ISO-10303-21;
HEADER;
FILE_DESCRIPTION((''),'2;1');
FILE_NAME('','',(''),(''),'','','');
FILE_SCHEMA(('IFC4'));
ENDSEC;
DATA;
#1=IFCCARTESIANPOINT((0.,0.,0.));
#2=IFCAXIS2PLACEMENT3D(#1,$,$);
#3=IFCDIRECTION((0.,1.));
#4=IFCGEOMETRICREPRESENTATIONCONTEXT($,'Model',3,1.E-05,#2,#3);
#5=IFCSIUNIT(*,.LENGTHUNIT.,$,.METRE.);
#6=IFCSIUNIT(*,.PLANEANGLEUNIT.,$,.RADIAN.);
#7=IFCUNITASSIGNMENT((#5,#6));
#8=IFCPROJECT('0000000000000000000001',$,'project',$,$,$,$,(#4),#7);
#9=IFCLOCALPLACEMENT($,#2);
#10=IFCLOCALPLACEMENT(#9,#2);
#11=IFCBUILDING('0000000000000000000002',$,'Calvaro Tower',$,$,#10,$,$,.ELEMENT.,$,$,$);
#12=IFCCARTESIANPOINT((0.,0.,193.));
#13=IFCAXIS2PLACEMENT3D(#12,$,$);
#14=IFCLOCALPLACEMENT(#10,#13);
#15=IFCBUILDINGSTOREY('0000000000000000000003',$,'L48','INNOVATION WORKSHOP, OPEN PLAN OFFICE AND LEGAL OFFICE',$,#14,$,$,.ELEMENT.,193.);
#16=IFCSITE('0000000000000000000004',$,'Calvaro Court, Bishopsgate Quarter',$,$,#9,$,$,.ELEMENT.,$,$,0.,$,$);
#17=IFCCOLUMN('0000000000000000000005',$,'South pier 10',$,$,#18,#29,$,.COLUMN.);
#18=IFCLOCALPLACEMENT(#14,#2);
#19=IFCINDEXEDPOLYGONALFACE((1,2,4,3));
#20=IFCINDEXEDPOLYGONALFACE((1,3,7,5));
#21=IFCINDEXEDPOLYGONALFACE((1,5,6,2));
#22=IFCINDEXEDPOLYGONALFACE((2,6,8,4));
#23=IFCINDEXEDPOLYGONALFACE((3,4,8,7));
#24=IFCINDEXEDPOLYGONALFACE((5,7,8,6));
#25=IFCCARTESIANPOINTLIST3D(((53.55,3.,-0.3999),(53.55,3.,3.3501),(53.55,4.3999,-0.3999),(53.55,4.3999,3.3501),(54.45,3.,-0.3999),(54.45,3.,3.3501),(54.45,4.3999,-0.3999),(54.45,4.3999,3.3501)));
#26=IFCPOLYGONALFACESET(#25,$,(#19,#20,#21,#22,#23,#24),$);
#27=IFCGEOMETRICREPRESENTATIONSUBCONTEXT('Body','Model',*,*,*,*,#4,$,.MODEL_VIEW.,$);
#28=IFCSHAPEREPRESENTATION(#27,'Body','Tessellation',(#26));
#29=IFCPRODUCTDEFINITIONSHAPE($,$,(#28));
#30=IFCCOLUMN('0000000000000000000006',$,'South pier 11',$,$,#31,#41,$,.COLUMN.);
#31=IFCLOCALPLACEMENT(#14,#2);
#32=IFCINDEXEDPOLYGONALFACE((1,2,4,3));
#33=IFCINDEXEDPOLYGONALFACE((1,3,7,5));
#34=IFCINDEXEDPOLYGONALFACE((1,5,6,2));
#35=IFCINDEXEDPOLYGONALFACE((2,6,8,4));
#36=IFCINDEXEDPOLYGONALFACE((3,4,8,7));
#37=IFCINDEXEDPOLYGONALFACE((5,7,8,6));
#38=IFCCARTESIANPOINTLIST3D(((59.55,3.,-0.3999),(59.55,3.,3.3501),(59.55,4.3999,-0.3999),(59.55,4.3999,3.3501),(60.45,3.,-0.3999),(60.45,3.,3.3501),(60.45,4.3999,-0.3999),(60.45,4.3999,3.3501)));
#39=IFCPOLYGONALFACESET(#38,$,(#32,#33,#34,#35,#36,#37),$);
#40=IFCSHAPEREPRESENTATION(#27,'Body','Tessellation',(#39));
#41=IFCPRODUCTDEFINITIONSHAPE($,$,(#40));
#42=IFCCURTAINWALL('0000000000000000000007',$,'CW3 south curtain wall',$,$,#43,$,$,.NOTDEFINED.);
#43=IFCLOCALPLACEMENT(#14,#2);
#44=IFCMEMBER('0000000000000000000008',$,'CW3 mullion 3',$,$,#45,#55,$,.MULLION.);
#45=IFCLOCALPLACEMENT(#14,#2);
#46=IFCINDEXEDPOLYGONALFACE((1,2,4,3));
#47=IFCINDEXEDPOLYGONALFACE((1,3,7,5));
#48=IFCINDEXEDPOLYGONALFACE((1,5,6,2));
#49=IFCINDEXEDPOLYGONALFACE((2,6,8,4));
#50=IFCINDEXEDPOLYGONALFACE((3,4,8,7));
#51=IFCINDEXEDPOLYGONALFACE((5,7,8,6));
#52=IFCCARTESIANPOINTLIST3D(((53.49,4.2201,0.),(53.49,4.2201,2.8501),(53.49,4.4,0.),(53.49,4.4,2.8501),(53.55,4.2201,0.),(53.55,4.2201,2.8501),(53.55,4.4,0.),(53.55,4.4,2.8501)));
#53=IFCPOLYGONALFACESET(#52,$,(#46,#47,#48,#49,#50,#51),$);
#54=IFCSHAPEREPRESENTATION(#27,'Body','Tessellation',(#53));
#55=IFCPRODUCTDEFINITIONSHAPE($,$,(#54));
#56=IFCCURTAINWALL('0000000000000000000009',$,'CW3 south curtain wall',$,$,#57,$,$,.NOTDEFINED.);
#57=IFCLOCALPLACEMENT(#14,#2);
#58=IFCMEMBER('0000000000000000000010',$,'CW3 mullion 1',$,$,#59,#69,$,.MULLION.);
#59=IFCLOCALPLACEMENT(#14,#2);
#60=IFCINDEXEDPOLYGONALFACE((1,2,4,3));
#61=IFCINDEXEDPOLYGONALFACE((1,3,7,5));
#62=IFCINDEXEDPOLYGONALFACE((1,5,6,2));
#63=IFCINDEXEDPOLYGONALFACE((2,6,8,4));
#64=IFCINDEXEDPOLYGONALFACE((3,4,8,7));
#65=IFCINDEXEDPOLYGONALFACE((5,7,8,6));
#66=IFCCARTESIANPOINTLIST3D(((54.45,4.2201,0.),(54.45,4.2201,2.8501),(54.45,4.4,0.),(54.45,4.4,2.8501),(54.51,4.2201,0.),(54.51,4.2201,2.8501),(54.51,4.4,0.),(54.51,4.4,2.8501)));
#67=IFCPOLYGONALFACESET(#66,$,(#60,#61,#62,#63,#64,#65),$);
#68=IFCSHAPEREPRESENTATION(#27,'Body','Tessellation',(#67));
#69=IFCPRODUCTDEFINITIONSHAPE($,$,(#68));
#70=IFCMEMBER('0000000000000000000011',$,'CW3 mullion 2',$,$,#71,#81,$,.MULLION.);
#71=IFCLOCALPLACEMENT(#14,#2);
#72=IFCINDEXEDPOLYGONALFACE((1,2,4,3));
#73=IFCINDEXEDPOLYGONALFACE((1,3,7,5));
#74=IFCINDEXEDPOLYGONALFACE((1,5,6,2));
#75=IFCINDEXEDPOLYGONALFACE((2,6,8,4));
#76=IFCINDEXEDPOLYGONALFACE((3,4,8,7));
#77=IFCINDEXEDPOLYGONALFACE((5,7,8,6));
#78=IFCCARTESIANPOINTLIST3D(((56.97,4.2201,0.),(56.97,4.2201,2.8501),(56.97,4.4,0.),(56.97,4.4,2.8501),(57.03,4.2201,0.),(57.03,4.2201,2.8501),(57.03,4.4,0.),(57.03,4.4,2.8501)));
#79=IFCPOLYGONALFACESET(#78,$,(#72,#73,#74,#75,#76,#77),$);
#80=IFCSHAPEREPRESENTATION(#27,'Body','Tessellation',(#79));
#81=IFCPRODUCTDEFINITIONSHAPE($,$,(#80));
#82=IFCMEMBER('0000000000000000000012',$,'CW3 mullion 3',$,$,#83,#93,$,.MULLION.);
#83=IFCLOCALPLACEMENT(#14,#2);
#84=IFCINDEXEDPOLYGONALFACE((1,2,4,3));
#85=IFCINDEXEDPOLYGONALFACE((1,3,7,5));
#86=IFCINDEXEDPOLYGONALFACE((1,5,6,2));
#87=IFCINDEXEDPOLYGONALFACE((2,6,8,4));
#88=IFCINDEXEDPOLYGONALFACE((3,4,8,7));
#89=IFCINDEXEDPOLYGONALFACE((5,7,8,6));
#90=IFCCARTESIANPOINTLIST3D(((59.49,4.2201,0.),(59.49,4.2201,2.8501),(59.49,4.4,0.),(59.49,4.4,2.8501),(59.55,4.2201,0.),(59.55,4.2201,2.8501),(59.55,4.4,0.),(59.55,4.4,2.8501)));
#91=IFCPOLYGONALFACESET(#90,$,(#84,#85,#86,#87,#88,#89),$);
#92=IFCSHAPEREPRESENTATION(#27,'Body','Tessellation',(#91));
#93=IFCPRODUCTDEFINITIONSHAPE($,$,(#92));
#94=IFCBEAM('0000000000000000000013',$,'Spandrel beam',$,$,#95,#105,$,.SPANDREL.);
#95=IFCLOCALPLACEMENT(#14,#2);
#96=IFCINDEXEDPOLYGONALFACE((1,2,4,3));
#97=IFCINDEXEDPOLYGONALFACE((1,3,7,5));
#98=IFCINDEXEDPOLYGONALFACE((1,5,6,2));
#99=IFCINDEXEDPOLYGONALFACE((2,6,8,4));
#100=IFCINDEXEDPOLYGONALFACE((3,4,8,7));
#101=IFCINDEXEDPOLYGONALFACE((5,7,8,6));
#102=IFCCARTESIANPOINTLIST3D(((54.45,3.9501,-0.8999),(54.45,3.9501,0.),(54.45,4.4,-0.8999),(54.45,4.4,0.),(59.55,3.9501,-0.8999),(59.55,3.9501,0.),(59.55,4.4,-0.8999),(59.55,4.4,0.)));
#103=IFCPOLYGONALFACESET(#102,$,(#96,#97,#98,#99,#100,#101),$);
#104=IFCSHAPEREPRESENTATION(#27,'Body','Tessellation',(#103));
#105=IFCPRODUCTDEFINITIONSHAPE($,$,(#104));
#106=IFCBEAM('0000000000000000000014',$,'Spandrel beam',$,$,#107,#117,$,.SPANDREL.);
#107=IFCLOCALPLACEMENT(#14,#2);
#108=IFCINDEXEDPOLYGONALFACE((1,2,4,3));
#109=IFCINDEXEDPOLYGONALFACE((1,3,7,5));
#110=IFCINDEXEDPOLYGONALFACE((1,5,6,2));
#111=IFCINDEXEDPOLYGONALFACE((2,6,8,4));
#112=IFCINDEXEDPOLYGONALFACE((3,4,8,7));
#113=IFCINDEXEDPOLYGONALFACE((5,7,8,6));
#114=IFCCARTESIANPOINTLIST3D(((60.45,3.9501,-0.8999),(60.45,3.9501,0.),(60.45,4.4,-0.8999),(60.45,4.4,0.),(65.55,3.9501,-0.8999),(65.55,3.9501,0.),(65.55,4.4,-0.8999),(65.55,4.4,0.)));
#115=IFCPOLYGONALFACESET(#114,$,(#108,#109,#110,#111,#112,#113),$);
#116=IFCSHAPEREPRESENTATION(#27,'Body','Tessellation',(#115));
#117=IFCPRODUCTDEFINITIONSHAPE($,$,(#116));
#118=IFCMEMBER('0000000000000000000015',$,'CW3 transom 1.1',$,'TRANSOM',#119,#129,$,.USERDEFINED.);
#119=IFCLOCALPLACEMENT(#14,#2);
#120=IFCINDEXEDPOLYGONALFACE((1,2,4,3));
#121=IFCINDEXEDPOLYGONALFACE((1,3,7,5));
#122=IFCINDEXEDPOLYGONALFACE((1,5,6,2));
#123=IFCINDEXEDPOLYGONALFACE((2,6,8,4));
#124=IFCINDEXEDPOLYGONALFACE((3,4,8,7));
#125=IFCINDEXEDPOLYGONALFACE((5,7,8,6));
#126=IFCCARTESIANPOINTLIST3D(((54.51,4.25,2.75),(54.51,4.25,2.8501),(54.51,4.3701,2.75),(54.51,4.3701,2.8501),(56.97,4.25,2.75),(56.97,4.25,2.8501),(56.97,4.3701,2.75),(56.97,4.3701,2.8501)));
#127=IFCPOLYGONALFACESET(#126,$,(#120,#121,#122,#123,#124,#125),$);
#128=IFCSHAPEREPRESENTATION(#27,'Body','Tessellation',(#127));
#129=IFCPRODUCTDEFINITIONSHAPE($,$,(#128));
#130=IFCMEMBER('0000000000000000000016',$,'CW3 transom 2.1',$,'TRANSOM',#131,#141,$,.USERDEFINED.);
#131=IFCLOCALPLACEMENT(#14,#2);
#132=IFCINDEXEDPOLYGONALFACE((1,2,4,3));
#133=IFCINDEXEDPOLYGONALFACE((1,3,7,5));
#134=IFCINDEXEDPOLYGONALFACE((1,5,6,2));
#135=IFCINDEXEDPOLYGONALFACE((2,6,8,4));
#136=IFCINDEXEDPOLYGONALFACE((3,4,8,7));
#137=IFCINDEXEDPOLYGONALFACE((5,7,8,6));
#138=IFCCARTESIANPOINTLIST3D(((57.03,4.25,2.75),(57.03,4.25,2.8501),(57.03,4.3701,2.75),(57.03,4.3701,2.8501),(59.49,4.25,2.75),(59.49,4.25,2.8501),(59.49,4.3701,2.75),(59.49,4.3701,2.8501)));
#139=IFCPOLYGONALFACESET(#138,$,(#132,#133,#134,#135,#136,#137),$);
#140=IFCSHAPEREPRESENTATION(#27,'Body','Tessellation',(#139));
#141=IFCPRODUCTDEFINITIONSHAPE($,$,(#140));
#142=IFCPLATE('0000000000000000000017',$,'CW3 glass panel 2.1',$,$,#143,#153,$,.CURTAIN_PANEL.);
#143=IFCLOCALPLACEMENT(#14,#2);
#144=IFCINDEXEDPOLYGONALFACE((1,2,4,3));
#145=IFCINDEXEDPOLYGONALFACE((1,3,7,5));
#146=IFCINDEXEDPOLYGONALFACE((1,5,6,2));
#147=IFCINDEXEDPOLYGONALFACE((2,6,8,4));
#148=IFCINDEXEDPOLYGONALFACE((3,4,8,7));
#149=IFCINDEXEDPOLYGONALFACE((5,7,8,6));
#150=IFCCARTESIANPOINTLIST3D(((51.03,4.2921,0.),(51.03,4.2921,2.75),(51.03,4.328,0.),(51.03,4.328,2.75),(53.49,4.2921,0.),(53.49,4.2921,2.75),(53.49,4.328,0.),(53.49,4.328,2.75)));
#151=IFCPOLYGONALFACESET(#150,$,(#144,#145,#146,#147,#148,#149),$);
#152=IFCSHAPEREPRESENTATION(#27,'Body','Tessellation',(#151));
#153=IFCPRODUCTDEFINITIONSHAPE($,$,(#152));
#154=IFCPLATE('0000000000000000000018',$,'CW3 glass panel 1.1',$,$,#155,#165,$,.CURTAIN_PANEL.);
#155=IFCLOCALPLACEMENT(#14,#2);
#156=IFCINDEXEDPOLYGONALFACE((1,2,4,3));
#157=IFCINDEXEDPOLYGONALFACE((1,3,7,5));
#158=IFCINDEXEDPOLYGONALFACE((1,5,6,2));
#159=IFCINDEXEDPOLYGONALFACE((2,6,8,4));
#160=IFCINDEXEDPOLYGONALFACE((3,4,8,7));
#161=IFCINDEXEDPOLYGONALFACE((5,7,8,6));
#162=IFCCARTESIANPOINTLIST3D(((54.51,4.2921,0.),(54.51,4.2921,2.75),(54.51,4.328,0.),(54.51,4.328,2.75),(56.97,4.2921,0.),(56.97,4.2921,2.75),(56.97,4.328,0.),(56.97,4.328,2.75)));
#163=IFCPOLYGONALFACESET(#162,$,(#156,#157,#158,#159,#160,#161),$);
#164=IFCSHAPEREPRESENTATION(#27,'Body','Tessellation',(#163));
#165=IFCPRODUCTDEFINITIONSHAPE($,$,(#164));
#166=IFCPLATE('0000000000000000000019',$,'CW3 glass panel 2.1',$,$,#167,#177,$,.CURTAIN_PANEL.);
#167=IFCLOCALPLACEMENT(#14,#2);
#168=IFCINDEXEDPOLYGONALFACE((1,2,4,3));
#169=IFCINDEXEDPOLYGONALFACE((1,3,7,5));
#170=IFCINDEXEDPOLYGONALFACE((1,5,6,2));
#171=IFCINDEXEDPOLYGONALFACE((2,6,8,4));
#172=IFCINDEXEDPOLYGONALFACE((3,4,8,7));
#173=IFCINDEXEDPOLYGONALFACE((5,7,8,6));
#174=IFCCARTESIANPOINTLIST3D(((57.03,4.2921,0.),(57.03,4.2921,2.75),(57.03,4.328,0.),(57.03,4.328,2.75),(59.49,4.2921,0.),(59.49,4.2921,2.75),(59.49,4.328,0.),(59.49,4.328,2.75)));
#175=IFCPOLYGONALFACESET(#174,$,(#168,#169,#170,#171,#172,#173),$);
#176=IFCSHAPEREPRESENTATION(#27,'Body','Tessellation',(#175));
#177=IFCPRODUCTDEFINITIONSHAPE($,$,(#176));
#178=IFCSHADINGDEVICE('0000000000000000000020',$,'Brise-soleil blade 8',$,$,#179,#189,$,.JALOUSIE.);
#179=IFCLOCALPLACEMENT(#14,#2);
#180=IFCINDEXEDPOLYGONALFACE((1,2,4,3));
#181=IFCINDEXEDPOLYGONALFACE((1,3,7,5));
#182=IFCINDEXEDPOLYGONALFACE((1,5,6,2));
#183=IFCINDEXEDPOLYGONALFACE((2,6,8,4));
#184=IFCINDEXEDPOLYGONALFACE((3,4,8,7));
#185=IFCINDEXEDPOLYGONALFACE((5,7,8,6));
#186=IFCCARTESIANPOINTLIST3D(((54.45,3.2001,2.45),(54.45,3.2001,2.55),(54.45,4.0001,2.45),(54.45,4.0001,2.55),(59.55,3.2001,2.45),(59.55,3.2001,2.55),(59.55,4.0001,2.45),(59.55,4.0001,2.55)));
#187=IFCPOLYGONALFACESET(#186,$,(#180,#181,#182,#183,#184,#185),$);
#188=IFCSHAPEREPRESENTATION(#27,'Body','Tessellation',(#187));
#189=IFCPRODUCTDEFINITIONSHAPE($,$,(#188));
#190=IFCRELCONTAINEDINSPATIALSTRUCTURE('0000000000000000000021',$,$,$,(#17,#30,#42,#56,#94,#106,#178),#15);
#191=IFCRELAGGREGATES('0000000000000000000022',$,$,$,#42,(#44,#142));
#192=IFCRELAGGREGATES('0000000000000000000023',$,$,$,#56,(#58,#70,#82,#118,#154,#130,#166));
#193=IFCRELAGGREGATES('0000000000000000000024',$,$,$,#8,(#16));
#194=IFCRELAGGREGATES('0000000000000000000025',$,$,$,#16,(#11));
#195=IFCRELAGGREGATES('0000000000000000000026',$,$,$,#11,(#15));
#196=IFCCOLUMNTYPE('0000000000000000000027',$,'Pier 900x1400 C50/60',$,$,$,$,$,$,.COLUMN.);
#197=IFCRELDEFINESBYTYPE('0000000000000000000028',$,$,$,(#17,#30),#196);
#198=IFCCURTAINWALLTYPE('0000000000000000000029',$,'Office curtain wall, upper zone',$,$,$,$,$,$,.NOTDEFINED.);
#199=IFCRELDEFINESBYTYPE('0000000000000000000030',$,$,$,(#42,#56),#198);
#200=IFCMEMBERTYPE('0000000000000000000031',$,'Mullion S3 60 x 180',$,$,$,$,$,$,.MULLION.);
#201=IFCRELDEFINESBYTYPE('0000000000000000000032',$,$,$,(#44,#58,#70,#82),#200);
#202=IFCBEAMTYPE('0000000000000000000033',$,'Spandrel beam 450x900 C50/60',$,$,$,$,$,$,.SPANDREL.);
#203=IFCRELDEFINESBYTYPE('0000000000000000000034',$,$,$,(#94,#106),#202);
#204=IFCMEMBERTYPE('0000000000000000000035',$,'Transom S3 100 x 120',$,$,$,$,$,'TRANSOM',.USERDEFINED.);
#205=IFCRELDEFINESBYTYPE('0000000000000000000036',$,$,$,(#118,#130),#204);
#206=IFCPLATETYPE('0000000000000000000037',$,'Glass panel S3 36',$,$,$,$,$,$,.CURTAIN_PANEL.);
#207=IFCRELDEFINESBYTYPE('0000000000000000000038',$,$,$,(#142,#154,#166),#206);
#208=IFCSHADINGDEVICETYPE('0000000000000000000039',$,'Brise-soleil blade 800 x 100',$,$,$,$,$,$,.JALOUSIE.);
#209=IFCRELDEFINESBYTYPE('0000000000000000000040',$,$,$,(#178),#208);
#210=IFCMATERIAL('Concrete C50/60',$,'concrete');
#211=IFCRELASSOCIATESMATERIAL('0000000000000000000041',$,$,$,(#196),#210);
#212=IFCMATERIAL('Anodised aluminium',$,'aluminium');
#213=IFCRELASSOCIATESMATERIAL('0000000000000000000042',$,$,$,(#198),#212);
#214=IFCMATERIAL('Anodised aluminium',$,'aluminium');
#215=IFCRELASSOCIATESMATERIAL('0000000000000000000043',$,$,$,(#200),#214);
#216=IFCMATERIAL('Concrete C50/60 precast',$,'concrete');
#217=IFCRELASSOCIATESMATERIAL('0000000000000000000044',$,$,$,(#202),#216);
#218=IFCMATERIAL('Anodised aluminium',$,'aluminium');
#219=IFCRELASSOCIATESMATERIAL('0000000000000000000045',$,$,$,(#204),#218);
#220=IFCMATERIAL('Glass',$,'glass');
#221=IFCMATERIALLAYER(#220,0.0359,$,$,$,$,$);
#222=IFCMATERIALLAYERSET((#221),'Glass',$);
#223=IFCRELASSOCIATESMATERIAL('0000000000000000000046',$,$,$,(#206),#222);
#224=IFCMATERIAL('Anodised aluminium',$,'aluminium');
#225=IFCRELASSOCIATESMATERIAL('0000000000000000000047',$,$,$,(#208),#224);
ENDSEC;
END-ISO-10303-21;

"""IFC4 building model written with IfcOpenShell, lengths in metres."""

from ifc_helpers import new_model, si_unit, direction, frame, origin, origin_2d, place, context, subcontext, project, spatial, rectangle, extrude, material, layer, layer_set, material_profile, profile_set, type_object, element, aggregate, save


model = new_model("IFC4")

# Units and contexts
model_context = context("Model", 3, precision=1e-05, world=origin(), true_north=direction((0.0, 1.0)))
body_context = subcontext(model_context, "Body", "Model", "MODEL_VIEW")
ifc_project = project(units=[si_unit("LENGTHUNIT", "METRE"), si_unit("PLANEANGLEUNIT", "RADIAN")], contexts=[model_context])

# Site, building, storey
site_placement = place(None, origin())
site = spatial("IfcSite", under=ifc_project, at=site_placement, Name="Calvaro Court, Bishopsgate Quarter", CompositionType="ELEMENT", RefElevation=0.0)
building_placement = place(site_placement, origin())
building = spatial("IfcBuilding", under=site, at=building_placement, Name="Calvaro Tower", CompositionType="ELEMENT")
storey_placement = place(building_placement, frame((0.0, 0.0, 193.0)))
storey = spatial("IfcBuildingStorey", under=building, at=storey_placement, Name="L48", Description="INNOVATION WORKSHOP, OPEN PLAN OFFICE AND LEGAL OFFICE", CompositionType="ELEMENT", Elevation=193.0)

# Columns
ifc_material_1 = material(Name="Concrete C50/60", Category="concrete")
ifc_material_profile_1 = material_profile(ifc_material_1, rectangle(XDim=0.8999, YDim=1.3999, at=origin_2d()), Name="RC 900x1400")
ifc_profile_set_1 = profile_set([ifc_material_profile_1], Name="Concrete C50/60")
column_type = type_object("IfcColumnType", Name="Pier 900x1400 C50/60", PredefinedType="COLUMN", material=ifc_profile_set_1)
for number, where, z_axis, x_axis, name in (
    (1, (54.0, 3.7, -0.3999), (0.0, 0.0, 1.0), (1.0, 0.0, 0.0), "South pier 10"),
    (2, (60.0, 3.7, -0.3999), (0.0, 0.0, 1.0), (1.0, 0.0, 0.0), "South pier 11"),
):
    element("IfcColumn", number, at=place(storey_placement, frame(where, z_axis=z_axis, x_axis=x_axis)), inside=storey, type_object=column_type, Name=name, PredefinedType="COLUMN", context=body_context, shape_type="SweptSolid", body=[
        extrude(rectangle(XDim=0.8999, YDim=1.3999, at=origin_2d()), origin(), (0.0, 0.0, 1.0), 3.75),
    ])

# Curtain wall, member
ifc_material_2 = material(Name="Anodised aluminium", Category="aluminium")
curtain_wall_type = type_object("IfcCurtainWallType", Name="Office curtain wall, upper zone", PredefinedType="NOTDEFINED", material=ifc_material_2)
curtain_wall_1_placement = place(storey_placement, origin())
curtain_wall_1 = element("IfcCurtainWall", 3, at=curtain_wall_1_placement, inside=storey, type_object=curtain_wall_type, Name="CW3 south curtain wall", PredefinedType="NOTDEFINED")
ifc_material_3 = material(Name="Anodised aluminium", Category="aluminium")
ifc_material_profile_2 = material_profile(ifc_material_3, rectangle(XDim=0.1799, YDim=0.0601, at=origin_2d()), Name="Mullion S3 60 x 180")
ifc_profile_set_2 = profile_set([ifc_material_profile_2], Name="Anodised aluminium")
member_type_1 = type_object("IfcMemberType", Name="Mullion S3 60 x 180", PredefinedType="MULLION", material=ifc_profile_set_2)
member_1_placement = place(storey_placement, frame((53.52, 4.3101, 0.0), z_axis=(0.0, 0.0, 1.0), x_axis=(0.0, 1.0, 0.0)))
member_1 = element("IfcMember", 4, at=member_1_placement, type_object=member_type_1, Name="CW3 mullion 3", PredefinedType="MULLION", context=body_context, shape_type="SweptSolid", body=[
    extrude(rectangle(XDim=0.1799, YDim=0.0601, at=origin_2d()), origin(), (0.0, 0.0, 1.0), 2.8501),
])

# Curtain wall, members
curtain_wall_2_placement = place(storey_placement, origin())
curtain_wall_2 = element("IfcCurtainWall", 5, at=curtain_wall_2_placement, inside=storey, type_object=curtain_wall_type, Name="CW3 south curtain wall", PredefinedType="NOTDEFINED")
member_2_placement = place(storey_placement, frame((54.48, 4.3101, 0.0), z_axis=(0.0, 0.0, 1.0), x_axis=(0.0, 1.0, 0.0)))
member_2 = element("IfcMember", 6, at=member_2_placement, type_object=member_type_1, Name="CW3 mullion 1", PredefinedType="MULLION", context=body_context, shape_type="SweptSolid", body=[
    extrude(rectangle(XDim=0.1799, YDim=0.0601, at=origin_2d()), origin(), (0.0, 0.0, 1.0), 2.8501),
])
member_3_placement = place(storey_placement, frame((57.0, 4.3101, 0.0), z_axis=(0.0, 0.0, 1.0), x_axis=(0.0, 1.0, 0.0)))
member_3 = element("IfcMember", 7, at=member_3_placement, type_object=member_type_1, Name="CW3 mullion 2", PredefinedType="MULLION", context=body_context, shape_type="SweptSolid", body=[
    extrude(rectangle(XDim=0.1799, YDim=0.0601, at=origin_2d()), origin(), (0.0, 0.0, 1.0), 2.8501),
])
member_4_placement = place(storey_placement, frame((59.52, 4.3101, 0.0), z_axis=(0.0, 0.0, 1.0), x_axis=(0.0, 1.0, 0.0)))
member_4 = element("IfcMember", 8, at=member_4_placement, type_object=member_type_1, Name="CW3 mullion 3", PredefinedType="MULLION", context=body_context, shape_type="SweptSolid", body=[
    extrude(rectangle(XDim=0.1799, YDim=0.0601, at=origin_2d()), origin(), (0.0, 0.0, 1.0), 2.8501),
])

# Beams
ifc_material_4 = material(Name="Concrete C50/60 precast", Category="concrete")
ifc_material_profile_3 = material_profile(ifc_material_4, rectangle(XDim=0.45, YDim=0.8999, at=origin_2d()), Name="RC 450x900")
ifc_profile_set_3 = profile_set([ifc_material_profile_3], Name="Concrete C50/60 precast")
beam_type = type_object("IfcBeamType", Name="Spandrel beam 450x900 C50/60", PredefinedType="SPANDREL", material=ifc_profile_set_3)
for number, where, z_axis, x_axis, name in (
    (9, (54.45, 4.175, -0.45), (1.0, 0.0, 0.0), (0.0, 1.0, 0.0), "Spandrel beam"),
    (10, (60.45, 4.175, -0.45), (1.0, 0.0, 0.0), (0.0, 1.0, 0.0), "Spandrel beam"),
):
    element("IfcBeam", number, at=place(storey_placement, frame(where, z_axis=z_axis, x_axis=x_axis)), inside=storey, type_object=beam_type, Name=name, PredefinedType="SPANDREL", context=body_context, shape_type="SweptSolid", body=[
        extrude(rectangle(XDim=0.45, YDim=0.8999, at=origin_2d()), origin(), (0.0, 0.0, 1.0), 5.1001),
    ])

# Members
ifc_material_5 = material(Name="Anodised aluminium", Category="aluminium")
ifc_material_profile_4 = material_profile(ifc_material_5, rectangle(XDim=0.1201, YDim=0.1001, at=origin_2d()), Name="Transom S3 100 x 120")
ifc_profile_set_4 = profile_set([ifc_material_profile_4], Name="Anodised aluminium")
member_type_2 = type_object("IfcMemberType", Name="Transom S3 100 x 120", ElementType="TRANSOM", PredefinedType="USERDEFINED", material=ifc_profile_set_4)
member_5_placement = place(storey_placement, frame((54.51, 4.3101, 2.8), z_axis=(1.0, 0.0, 0.0), x_axis=(0.0, 1.0, 0.0)))
member_5 = element("IfcMember", 11, at=member_5_placement, type_object=member_type_2, Name="CW3 transom 1.1", ObjectType="TRANSOM", PredefinedType="USERDEFINED", context=body_context, shape_type="SweptSolid", body=[
    extrude(rectangle(XDim=0.1201, YDim=0.1001, at=origin_2d()), origin(), (0.0, 0.0, 1.0), 2.46),
])
member_6_placement = place(storey_placement, frame((57.03, 4.3101, 2.8), z_axis=(1.0, 0.0, 0.0), x_axis=(0.0, 1.0, 0.0)))
member_6 = element("IfcMember", 12, at=member_6_placement, type_object=member_type_2, Name="CW3 transom 2.1", ObjectType="TRANSOM", PredefinedType="USERDEFINED", context=body_context, shape_type="SweptSolid", body=[
    extrude(rectangle(XDim=0.1201, YDim=0.1001, at=origin_2d()), origin(), (0.0, 0.0, 1.0), 2.46),
])

# Plates
ifc_material_6 = material(Name="Glass", Category="glass")
ifc_layer = layer(ifc_material_6, 0.0359)
ifc_layer_set = layer_set([ifc_layer], Name="Glass")
plate_type = type_object("IfcPlateType", Name="Glass panel S3 36", PredefinedType="CURTAIN_PANEL", material=ifc_layer_set)
plate_1_placement = place(storey_placement, frame((52.26, 4.3101, 0.0), z_axis=(0.0, 0.0, 1.0), x_axis=(1.0, 0.0, 0.0)))
plate_1 = element("IfcPlate", 13, at=plate_1_placement, type_object=plate_type, Name="CW3 glass panel 2.1", PredefinedType="CURTAIN_PANEL", context=body_context, shape_type="SweptSolid", body=[
    extrude(rectangle(XDim=2.46, YDim=0.0359, at=origin_2d()), origin(), (0.0, 0.0, 1.0), 2.75),
])
aggregate(curtain_wall_1, [member_1, plate_1])
plate_2_placement = place(storey_placement, frame((55.74, 4.3101, 0.0), z_axis=(0.0, 0.0, 1.0), x_axis=(1.0, 0.0, 0.0)))
plate_2 = element("IfcPlate", 14, at=plate_2_placement, type_object=plate_type, Name="CW3 glass panel 1.1", PredefinedType="CURTAIN_PANEL", context=body_context, shape_type="SweptSolid", body=[
    extrude(rectangle(XDim=2.46, YDim=0.0359, at=origin_2d()), origin(), (0.0, 0.0, 1.0), 2.75),
])
plate_3_placement = place(storey_placement, frame((58.26, 4.3101, 0.0), z_axis=(0.0, 0.0, 1.0), x_axis=(1.0, 0.0, 0.0)))
plate_3 = element("IfcPlate", 15, at=plate_3_placement, type_object=plate_type, Name="CW3 glass panel 2.1", PredefinedType="CURTAIN_PANEL", context=body_context, shape_type="SweptSolid", body=[
    extrude(rectangle(XDim=2.46, YDim=0.0359, at=origin_2d()), origin(), (0.0, 0.0, 1.0), 2.75),
])
aggregate(curtain_wall_2, [member_2, member_3, member_4, member_5, plate_2, member_6, plate_3])

# Shading device
ifc_material_7 = material(Name="Anodised aluminium", Category="aluminium")
ifc_material_profile_5 = material_profile(ifc_material_7, rectangle(XDim=0.8, YDim=0.1001, at=origin_2d()), Name="Brise-soleil blade 800 x 100")
ifc_profile_set_5 = profile_set([ifc_material_profile_5], Name="Anodised aluminium")
shading_device_type = type_object("IfcShadingDeviceType", Name="Brise-soleil blade 800 x 100", PredefinedType="JALOUSIE", material=ifc_profile_set_5)
for number, where, z_axis, x_axis, name in (
    (16, (54.45, 3.6001, 2.5), (1.0, 0.0, 0.0), (0.0, 1.0, 0.0), "Brise-soleil blade 8"),
):
    element("IfcShadingDevice", number, at=place(storey_placement, frame(where, z_axis=z_axis, x_axis=x_axis)), inside=storey, type_object=shading_device_type, Name=name, PredefinedType="JALOUSIE", context=body_context, shape_type="SweptSolid", body=[
        extrude(rectangle(XDim=0.8, YDim=0.1001, at=origin_2d()), origin(), (0.0, 0.0, 1.0), 5.1001),
    ])

save(model, "model.ifc")
